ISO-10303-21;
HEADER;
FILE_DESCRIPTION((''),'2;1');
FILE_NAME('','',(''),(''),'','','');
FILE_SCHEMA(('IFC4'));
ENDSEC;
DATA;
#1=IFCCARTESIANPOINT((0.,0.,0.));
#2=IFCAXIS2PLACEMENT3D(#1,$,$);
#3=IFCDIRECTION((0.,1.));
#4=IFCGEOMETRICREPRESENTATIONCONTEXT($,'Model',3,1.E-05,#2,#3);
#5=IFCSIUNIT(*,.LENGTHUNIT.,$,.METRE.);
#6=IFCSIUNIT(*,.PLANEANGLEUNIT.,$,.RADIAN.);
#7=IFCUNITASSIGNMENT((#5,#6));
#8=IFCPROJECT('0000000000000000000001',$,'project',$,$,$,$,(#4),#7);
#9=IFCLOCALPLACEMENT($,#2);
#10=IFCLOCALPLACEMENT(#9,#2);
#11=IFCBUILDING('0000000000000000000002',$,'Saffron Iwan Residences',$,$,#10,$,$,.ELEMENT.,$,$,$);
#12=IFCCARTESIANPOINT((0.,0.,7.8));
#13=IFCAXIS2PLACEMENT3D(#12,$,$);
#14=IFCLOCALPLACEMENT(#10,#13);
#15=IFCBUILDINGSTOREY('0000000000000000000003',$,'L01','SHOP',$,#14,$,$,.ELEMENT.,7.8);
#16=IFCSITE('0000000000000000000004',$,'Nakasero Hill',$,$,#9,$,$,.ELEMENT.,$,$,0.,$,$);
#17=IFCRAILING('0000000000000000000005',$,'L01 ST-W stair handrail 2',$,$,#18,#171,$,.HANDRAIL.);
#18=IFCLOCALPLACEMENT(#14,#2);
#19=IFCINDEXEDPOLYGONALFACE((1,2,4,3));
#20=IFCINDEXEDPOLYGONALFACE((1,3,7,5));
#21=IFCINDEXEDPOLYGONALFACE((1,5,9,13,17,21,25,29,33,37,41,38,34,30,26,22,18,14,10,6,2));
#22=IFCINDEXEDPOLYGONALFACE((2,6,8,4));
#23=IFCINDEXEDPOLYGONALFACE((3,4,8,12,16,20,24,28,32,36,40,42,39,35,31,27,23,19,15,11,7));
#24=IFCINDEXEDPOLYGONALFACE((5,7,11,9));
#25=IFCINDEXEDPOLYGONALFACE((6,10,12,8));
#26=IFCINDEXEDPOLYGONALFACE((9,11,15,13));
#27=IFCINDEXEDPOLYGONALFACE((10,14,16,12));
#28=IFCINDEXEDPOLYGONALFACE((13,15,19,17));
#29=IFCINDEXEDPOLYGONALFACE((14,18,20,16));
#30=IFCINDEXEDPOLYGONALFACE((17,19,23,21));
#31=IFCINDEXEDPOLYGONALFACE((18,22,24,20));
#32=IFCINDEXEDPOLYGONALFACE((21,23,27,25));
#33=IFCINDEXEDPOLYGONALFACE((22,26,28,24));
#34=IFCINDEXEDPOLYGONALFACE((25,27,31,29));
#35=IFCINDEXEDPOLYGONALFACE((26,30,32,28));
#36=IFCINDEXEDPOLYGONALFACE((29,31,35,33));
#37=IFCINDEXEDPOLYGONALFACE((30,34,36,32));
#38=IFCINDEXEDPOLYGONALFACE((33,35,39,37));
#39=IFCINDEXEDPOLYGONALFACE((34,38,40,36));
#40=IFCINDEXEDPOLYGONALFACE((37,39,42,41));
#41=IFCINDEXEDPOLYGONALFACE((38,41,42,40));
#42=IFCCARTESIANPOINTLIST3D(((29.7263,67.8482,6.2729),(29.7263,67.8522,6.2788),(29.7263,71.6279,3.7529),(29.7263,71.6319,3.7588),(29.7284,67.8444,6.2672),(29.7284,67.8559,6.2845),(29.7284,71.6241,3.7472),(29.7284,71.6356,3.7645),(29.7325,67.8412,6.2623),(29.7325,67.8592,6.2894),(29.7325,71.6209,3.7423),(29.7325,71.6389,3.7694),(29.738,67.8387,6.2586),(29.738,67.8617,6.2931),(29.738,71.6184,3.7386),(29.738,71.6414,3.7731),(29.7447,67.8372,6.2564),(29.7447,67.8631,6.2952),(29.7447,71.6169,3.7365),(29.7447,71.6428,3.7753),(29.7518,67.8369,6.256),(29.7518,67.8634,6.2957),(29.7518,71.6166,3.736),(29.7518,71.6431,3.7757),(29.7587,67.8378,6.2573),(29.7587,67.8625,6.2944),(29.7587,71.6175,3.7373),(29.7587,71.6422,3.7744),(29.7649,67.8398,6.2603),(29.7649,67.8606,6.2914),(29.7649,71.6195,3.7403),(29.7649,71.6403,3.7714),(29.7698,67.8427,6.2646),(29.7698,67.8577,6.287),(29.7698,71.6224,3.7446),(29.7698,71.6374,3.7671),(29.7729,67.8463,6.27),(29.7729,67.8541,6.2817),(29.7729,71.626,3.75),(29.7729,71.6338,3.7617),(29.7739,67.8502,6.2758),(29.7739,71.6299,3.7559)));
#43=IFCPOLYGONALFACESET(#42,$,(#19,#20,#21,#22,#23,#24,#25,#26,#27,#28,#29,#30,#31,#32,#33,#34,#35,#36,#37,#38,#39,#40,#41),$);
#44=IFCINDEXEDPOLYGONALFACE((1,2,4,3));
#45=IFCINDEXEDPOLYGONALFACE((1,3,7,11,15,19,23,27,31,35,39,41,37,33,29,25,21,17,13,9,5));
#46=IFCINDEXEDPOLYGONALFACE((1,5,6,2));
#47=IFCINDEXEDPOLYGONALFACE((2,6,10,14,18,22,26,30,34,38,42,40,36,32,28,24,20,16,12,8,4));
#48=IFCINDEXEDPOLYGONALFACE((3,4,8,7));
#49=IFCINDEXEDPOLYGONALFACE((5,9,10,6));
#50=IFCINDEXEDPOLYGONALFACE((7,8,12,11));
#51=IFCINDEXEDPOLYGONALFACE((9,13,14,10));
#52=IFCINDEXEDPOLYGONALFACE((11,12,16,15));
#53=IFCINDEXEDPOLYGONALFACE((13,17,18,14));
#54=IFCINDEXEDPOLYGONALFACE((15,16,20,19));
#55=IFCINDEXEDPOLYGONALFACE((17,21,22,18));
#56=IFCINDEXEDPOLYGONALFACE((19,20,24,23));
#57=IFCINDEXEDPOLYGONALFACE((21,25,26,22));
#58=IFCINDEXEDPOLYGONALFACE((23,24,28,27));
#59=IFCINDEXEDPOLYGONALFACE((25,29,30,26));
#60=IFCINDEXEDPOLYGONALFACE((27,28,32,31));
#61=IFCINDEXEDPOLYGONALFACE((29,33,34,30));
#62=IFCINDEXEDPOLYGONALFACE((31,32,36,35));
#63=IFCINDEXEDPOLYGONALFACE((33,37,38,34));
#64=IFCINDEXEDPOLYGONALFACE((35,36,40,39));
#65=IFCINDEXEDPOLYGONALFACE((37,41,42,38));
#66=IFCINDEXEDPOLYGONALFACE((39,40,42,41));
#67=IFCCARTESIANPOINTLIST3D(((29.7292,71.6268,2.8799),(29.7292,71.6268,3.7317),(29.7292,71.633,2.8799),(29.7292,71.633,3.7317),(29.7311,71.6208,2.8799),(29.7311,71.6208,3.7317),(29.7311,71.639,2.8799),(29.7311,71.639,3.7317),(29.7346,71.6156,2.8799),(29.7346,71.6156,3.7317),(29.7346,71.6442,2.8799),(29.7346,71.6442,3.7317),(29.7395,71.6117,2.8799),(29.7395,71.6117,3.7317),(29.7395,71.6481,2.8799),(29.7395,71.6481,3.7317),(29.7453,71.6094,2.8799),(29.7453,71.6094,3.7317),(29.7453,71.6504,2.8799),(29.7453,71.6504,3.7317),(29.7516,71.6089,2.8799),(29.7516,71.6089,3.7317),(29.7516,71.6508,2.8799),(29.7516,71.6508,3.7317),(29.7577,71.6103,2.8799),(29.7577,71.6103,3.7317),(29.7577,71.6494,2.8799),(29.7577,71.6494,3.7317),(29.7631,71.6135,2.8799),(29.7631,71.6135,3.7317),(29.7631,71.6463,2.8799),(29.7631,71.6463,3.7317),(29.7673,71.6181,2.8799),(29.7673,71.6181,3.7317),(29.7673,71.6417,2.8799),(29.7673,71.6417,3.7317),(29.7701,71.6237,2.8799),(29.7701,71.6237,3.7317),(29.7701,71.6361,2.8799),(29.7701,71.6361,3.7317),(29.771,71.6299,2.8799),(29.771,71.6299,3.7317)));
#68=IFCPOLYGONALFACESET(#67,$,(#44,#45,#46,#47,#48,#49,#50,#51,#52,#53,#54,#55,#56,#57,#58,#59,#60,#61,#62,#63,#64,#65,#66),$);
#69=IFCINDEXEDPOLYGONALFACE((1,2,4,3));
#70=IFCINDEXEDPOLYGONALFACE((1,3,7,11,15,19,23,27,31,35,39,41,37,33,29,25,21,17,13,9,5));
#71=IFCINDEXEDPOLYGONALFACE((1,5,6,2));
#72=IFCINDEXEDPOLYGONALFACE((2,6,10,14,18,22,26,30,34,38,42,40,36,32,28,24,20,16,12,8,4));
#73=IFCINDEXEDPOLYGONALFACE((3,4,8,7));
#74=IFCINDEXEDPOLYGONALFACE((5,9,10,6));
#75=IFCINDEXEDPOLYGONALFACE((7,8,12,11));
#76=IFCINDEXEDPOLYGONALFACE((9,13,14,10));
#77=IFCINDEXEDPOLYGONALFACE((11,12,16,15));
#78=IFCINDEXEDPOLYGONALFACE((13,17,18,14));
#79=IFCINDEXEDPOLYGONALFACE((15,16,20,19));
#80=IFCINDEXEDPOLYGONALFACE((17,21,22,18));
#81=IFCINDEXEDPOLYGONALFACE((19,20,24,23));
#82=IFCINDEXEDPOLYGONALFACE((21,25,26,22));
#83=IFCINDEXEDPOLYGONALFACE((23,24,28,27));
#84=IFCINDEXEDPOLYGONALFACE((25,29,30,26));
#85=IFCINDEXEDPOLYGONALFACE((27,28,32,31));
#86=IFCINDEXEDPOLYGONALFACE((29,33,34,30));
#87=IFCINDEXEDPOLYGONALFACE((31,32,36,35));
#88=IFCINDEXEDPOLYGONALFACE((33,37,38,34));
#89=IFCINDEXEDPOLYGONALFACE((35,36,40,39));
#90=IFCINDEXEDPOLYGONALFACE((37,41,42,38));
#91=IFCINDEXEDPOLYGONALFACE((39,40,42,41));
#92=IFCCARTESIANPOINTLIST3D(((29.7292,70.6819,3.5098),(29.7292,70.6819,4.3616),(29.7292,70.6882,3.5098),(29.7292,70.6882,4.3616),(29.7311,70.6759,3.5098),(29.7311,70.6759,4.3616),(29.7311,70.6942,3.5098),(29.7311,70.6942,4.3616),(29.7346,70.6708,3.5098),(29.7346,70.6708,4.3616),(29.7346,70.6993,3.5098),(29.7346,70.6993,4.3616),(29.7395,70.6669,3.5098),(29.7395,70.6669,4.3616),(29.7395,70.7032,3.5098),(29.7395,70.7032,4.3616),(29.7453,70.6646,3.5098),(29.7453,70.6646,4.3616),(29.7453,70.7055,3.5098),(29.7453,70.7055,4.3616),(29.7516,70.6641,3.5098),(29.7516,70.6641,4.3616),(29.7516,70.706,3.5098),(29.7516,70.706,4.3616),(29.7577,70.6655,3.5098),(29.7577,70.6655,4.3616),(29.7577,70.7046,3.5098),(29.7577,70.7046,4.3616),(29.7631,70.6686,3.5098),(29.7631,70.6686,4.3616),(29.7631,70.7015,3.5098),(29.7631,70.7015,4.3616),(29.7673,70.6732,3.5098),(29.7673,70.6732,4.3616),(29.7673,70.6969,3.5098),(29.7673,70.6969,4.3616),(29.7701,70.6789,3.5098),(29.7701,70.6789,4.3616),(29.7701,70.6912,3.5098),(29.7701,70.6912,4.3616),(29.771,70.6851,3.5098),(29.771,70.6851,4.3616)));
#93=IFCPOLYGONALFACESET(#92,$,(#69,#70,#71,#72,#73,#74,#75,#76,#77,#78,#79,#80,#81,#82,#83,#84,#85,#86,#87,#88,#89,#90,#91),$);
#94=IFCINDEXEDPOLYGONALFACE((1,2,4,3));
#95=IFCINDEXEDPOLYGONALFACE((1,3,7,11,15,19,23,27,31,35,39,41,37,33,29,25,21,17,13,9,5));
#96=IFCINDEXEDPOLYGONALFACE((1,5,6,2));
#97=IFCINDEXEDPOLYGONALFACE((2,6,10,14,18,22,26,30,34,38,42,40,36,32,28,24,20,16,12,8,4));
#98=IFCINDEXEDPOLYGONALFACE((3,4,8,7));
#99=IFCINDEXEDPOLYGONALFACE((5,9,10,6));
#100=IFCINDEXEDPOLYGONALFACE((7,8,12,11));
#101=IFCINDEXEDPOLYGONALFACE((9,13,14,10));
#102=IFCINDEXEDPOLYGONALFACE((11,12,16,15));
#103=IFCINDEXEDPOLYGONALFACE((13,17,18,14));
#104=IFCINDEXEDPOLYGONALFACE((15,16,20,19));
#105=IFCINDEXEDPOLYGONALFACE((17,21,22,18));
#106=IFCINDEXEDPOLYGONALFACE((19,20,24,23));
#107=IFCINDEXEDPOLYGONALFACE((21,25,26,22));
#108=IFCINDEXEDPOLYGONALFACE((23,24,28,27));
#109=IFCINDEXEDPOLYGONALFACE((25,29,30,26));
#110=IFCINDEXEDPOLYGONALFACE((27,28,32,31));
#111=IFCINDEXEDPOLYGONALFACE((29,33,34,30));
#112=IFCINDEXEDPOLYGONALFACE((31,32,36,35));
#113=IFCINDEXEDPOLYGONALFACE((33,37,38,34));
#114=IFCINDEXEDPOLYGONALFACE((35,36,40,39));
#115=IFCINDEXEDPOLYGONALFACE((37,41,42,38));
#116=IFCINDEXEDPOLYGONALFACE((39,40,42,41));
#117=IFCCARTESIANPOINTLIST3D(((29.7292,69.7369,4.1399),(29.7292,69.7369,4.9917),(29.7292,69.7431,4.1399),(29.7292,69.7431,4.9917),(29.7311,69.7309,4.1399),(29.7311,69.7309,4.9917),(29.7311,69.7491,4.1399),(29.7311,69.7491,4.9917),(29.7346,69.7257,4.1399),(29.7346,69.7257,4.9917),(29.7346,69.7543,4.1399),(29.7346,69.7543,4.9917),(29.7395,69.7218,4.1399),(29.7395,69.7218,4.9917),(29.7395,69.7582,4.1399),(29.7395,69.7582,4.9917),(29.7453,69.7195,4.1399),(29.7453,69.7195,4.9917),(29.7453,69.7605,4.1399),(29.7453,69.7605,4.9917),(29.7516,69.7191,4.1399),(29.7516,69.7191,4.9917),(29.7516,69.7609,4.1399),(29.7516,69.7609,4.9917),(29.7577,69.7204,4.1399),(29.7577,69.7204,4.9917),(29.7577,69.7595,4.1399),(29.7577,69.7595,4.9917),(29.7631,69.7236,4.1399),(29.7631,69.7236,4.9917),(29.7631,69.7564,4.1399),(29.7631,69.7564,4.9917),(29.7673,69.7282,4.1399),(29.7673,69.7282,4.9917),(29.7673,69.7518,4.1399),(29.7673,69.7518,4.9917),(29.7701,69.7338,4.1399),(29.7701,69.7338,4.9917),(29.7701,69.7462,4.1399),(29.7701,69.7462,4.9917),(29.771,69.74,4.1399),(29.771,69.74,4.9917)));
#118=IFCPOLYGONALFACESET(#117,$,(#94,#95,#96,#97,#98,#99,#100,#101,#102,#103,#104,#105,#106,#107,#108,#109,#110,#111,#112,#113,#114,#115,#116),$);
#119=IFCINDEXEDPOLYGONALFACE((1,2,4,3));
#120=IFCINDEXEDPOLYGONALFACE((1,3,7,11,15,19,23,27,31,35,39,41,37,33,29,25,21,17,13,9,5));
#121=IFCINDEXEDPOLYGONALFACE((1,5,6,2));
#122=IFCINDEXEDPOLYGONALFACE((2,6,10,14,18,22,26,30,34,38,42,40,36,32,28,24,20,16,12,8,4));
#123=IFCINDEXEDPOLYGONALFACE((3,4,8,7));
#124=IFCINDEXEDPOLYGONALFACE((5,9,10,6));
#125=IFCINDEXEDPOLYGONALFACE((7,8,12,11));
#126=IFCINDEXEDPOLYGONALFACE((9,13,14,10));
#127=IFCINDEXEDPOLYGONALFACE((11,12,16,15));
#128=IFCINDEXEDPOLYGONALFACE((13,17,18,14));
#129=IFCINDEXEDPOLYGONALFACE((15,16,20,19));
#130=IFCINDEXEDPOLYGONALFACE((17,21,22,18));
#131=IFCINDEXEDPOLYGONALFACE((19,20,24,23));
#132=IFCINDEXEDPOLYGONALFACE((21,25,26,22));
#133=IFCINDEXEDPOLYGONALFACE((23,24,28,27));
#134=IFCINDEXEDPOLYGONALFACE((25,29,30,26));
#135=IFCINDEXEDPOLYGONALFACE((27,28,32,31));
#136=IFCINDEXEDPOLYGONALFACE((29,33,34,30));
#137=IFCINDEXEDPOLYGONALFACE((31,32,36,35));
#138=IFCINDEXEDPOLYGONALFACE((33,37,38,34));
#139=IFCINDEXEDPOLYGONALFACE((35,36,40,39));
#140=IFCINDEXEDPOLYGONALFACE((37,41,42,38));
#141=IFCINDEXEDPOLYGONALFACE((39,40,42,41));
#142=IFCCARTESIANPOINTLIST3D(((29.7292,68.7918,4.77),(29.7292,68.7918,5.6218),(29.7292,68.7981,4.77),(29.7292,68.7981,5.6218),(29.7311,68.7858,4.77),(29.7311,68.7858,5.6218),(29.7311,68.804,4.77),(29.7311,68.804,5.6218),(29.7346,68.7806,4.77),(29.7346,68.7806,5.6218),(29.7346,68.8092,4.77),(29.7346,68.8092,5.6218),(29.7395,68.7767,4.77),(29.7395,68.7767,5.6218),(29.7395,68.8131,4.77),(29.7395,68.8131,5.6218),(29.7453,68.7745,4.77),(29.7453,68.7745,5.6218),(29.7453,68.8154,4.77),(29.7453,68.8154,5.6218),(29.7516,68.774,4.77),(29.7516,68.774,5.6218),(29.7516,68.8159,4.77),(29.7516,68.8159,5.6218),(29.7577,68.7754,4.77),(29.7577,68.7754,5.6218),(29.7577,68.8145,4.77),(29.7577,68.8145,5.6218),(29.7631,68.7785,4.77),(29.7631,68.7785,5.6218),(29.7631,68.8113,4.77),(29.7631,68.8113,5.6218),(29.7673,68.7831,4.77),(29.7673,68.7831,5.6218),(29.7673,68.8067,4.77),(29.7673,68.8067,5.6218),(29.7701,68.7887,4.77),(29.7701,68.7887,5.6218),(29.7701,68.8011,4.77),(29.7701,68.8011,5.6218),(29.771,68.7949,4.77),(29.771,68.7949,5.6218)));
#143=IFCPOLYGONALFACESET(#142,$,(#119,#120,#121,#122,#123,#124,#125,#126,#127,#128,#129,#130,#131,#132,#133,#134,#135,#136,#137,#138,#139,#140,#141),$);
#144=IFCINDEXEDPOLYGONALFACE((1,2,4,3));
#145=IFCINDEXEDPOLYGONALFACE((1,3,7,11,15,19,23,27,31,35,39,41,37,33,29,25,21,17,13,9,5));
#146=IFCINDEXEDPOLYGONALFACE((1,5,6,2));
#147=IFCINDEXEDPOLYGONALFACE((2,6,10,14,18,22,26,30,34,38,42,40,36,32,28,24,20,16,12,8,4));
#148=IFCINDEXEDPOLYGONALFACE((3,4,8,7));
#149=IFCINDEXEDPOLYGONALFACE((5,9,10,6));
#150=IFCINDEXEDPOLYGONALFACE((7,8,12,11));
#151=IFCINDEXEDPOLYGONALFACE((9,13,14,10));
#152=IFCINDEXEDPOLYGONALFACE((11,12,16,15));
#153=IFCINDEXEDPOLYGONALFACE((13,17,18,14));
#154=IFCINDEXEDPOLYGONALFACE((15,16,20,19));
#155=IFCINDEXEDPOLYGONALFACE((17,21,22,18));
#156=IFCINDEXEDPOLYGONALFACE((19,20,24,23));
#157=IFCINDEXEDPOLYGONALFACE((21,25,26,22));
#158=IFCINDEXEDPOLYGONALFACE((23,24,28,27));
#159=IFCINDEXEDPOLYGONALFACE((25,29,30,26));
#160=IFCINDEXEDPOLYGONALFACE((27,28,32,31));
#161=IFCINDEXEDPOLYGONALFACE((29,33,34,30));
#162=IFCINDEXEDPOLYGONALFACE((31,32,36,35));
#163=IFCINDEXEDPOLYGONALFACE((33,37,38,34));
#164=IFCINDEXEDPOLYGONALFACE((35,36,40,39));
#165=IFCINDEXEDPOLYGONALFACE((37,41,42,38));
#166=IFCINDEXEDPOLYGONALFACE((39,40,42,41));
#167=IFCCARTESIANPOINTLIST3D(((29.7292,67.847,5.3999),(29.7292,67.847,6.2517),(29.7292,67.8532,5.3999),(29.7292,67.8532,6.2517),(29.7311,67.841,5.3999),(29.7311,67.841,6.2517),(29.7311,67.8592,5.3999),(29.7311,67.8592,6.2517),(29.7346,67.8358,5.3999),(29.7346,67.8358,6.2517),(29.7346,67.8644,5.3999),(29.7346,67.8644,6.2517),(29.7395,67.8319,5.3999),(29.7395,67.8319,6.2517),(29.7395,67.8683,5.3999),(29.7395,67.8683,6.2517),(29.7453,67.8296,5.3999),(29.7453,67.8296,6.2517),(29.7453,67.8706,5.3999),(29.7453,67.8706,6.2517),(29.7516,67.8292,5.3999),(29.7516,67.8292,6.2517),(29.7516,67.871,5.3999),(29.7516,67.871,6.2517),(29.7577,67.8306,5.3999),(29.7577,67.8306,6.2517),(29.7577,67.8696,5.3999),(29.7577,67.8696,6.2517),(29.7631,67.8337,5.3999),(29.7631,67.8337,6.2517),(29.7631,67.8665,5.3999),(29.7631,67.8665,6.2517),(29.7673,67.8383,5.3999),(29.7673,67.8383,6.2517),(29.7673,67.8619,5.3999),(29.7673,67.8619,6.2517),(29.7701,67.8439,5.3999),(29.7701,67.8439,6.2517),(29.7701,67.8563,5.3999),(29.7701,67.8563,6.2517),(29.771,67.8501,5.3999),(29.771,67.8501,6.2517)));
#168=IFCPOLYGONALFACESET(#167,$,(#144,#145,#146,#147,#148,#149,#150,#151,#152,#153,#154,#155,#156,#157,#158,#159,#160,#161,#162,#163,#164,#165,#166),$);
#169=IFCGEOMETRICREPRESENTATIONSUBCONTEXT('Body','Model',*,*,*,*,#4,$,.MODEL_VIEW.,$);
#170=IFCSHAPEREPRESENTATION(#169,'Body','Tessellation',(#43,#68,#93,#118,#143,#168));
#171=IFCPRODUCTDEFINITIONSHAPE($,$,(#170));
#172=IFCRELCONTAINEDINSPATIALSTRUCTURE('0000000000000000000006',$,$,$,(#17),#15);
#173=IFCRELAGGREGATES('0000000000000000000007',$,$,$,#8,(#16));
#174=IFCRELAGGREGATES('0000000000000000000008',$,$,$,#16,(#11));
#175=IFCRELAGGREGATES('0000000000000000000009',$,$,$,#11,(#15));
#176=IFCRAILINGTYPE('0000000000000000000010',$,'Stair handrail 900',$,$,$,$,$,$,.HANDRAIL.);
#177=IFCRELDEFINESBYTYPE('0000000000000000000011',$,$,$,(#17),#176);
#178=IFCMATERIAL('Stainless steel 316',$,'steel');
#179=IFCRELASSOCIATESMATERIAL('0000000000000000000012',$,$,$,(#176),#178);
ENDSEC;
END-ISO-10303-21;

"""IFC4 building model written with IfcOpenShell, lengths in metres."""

from ifc_helpers import new_model, si_unit, direction, frame, origin, origin_2d, place, context, subcontext, project, spatial, circle, extrude, material, type_object, element, save


model = new_model("IFC4")

# Units and contexts
model_context = context("Model", 3, precision=1e-05, world=origin(), true_north=direction((0.0, 1.0)))
body_context = subcontext(model_context, "Body", "Model", "MODEL_VIEW")
ifc_project = project(units=[si_unit("LENGTHUNIT", "METRE"), si_unit("PLANEANGLEUNIT", "RADIAN")], contexts=[model_context])

# Site, building, storey
site_placement = place(None, origin())
site = spatial("IfcSite", under=ifc_project, at=site_placement, Name="Nakasero Hill", CompositionType="ELEMENT", RefElevation=0.0)
building_placement = place(site_placement, origin())
building = spatial("IfcBuilding", under=site, at=building_placement, Name="Saffron Iwan Residences", CompositionType="ELEMENT")
storey_placement = place(building_placement, frame((0.0, 0.0, 7.8)))
storey = spatial("IfcBuildingStorey", under=building, at=storey_placement, Name="L01", Description="SHOP", CompositionType="ELEMENT", Elevation=7.8)

# Railing
ifc_material_1 = material(Name="Stainless steel 316", Category="steel")
railing_type_1 = type_object("IfcRailingType", Name="Stair handrail 900", PredefinedType="HANDRAIL", material=ifc_material_1)
railing_1_placement = place(storey_placement, frame((29.75, 71.6299, 2.8799)))
element("IfcRailing", 1, at=railing_1_placement, inside=storey, type_object=railing_type_1, Name="L01 ST-W stair handrail 2", PredefinedType="HANDRAIL", context=body_context, shape_type="SweptSolid", body=[
    extrude(circle(Radius=0.0239, at=origin_2d()), frame((0.0, 0.0, 0.876), z_axis=(0.0, -0.832034, 0.554725), x_axis=(1.0, 0.0, 0.0)), (0.0, 0.0, 1.0), 4.5427),
    extrude(circle(Radius=0.021, at=origin_2d()), origin(), (0.0, 0.0, 1.0), 0.8518),
    extrude(circle(Radius=0.021, at=origin_2d()), frame((0.0, -0.9448, 0.6299)), (0.0, 0.0, 1.0), 0.8518),
    extrude(circle(Radius=0.021, at=origin_2d()), frame((0.0, -1.8899, 1.26)), (0.0, 0.0, 1.0), 0.8518),
    extrude(circle(Radius=0.021, at=origin_2d()), frame((0.0, -2.835, 1.8901)), (0.0, 0.0, 1.0), 0.8518),
    extrude(circle(Radius=0.021, at=origin_2d()), frame((0.0, -3.7798, 2.52)), (0.0, 0.0, 1.0), 0.8518),
])

save(model, "model.ifc")
